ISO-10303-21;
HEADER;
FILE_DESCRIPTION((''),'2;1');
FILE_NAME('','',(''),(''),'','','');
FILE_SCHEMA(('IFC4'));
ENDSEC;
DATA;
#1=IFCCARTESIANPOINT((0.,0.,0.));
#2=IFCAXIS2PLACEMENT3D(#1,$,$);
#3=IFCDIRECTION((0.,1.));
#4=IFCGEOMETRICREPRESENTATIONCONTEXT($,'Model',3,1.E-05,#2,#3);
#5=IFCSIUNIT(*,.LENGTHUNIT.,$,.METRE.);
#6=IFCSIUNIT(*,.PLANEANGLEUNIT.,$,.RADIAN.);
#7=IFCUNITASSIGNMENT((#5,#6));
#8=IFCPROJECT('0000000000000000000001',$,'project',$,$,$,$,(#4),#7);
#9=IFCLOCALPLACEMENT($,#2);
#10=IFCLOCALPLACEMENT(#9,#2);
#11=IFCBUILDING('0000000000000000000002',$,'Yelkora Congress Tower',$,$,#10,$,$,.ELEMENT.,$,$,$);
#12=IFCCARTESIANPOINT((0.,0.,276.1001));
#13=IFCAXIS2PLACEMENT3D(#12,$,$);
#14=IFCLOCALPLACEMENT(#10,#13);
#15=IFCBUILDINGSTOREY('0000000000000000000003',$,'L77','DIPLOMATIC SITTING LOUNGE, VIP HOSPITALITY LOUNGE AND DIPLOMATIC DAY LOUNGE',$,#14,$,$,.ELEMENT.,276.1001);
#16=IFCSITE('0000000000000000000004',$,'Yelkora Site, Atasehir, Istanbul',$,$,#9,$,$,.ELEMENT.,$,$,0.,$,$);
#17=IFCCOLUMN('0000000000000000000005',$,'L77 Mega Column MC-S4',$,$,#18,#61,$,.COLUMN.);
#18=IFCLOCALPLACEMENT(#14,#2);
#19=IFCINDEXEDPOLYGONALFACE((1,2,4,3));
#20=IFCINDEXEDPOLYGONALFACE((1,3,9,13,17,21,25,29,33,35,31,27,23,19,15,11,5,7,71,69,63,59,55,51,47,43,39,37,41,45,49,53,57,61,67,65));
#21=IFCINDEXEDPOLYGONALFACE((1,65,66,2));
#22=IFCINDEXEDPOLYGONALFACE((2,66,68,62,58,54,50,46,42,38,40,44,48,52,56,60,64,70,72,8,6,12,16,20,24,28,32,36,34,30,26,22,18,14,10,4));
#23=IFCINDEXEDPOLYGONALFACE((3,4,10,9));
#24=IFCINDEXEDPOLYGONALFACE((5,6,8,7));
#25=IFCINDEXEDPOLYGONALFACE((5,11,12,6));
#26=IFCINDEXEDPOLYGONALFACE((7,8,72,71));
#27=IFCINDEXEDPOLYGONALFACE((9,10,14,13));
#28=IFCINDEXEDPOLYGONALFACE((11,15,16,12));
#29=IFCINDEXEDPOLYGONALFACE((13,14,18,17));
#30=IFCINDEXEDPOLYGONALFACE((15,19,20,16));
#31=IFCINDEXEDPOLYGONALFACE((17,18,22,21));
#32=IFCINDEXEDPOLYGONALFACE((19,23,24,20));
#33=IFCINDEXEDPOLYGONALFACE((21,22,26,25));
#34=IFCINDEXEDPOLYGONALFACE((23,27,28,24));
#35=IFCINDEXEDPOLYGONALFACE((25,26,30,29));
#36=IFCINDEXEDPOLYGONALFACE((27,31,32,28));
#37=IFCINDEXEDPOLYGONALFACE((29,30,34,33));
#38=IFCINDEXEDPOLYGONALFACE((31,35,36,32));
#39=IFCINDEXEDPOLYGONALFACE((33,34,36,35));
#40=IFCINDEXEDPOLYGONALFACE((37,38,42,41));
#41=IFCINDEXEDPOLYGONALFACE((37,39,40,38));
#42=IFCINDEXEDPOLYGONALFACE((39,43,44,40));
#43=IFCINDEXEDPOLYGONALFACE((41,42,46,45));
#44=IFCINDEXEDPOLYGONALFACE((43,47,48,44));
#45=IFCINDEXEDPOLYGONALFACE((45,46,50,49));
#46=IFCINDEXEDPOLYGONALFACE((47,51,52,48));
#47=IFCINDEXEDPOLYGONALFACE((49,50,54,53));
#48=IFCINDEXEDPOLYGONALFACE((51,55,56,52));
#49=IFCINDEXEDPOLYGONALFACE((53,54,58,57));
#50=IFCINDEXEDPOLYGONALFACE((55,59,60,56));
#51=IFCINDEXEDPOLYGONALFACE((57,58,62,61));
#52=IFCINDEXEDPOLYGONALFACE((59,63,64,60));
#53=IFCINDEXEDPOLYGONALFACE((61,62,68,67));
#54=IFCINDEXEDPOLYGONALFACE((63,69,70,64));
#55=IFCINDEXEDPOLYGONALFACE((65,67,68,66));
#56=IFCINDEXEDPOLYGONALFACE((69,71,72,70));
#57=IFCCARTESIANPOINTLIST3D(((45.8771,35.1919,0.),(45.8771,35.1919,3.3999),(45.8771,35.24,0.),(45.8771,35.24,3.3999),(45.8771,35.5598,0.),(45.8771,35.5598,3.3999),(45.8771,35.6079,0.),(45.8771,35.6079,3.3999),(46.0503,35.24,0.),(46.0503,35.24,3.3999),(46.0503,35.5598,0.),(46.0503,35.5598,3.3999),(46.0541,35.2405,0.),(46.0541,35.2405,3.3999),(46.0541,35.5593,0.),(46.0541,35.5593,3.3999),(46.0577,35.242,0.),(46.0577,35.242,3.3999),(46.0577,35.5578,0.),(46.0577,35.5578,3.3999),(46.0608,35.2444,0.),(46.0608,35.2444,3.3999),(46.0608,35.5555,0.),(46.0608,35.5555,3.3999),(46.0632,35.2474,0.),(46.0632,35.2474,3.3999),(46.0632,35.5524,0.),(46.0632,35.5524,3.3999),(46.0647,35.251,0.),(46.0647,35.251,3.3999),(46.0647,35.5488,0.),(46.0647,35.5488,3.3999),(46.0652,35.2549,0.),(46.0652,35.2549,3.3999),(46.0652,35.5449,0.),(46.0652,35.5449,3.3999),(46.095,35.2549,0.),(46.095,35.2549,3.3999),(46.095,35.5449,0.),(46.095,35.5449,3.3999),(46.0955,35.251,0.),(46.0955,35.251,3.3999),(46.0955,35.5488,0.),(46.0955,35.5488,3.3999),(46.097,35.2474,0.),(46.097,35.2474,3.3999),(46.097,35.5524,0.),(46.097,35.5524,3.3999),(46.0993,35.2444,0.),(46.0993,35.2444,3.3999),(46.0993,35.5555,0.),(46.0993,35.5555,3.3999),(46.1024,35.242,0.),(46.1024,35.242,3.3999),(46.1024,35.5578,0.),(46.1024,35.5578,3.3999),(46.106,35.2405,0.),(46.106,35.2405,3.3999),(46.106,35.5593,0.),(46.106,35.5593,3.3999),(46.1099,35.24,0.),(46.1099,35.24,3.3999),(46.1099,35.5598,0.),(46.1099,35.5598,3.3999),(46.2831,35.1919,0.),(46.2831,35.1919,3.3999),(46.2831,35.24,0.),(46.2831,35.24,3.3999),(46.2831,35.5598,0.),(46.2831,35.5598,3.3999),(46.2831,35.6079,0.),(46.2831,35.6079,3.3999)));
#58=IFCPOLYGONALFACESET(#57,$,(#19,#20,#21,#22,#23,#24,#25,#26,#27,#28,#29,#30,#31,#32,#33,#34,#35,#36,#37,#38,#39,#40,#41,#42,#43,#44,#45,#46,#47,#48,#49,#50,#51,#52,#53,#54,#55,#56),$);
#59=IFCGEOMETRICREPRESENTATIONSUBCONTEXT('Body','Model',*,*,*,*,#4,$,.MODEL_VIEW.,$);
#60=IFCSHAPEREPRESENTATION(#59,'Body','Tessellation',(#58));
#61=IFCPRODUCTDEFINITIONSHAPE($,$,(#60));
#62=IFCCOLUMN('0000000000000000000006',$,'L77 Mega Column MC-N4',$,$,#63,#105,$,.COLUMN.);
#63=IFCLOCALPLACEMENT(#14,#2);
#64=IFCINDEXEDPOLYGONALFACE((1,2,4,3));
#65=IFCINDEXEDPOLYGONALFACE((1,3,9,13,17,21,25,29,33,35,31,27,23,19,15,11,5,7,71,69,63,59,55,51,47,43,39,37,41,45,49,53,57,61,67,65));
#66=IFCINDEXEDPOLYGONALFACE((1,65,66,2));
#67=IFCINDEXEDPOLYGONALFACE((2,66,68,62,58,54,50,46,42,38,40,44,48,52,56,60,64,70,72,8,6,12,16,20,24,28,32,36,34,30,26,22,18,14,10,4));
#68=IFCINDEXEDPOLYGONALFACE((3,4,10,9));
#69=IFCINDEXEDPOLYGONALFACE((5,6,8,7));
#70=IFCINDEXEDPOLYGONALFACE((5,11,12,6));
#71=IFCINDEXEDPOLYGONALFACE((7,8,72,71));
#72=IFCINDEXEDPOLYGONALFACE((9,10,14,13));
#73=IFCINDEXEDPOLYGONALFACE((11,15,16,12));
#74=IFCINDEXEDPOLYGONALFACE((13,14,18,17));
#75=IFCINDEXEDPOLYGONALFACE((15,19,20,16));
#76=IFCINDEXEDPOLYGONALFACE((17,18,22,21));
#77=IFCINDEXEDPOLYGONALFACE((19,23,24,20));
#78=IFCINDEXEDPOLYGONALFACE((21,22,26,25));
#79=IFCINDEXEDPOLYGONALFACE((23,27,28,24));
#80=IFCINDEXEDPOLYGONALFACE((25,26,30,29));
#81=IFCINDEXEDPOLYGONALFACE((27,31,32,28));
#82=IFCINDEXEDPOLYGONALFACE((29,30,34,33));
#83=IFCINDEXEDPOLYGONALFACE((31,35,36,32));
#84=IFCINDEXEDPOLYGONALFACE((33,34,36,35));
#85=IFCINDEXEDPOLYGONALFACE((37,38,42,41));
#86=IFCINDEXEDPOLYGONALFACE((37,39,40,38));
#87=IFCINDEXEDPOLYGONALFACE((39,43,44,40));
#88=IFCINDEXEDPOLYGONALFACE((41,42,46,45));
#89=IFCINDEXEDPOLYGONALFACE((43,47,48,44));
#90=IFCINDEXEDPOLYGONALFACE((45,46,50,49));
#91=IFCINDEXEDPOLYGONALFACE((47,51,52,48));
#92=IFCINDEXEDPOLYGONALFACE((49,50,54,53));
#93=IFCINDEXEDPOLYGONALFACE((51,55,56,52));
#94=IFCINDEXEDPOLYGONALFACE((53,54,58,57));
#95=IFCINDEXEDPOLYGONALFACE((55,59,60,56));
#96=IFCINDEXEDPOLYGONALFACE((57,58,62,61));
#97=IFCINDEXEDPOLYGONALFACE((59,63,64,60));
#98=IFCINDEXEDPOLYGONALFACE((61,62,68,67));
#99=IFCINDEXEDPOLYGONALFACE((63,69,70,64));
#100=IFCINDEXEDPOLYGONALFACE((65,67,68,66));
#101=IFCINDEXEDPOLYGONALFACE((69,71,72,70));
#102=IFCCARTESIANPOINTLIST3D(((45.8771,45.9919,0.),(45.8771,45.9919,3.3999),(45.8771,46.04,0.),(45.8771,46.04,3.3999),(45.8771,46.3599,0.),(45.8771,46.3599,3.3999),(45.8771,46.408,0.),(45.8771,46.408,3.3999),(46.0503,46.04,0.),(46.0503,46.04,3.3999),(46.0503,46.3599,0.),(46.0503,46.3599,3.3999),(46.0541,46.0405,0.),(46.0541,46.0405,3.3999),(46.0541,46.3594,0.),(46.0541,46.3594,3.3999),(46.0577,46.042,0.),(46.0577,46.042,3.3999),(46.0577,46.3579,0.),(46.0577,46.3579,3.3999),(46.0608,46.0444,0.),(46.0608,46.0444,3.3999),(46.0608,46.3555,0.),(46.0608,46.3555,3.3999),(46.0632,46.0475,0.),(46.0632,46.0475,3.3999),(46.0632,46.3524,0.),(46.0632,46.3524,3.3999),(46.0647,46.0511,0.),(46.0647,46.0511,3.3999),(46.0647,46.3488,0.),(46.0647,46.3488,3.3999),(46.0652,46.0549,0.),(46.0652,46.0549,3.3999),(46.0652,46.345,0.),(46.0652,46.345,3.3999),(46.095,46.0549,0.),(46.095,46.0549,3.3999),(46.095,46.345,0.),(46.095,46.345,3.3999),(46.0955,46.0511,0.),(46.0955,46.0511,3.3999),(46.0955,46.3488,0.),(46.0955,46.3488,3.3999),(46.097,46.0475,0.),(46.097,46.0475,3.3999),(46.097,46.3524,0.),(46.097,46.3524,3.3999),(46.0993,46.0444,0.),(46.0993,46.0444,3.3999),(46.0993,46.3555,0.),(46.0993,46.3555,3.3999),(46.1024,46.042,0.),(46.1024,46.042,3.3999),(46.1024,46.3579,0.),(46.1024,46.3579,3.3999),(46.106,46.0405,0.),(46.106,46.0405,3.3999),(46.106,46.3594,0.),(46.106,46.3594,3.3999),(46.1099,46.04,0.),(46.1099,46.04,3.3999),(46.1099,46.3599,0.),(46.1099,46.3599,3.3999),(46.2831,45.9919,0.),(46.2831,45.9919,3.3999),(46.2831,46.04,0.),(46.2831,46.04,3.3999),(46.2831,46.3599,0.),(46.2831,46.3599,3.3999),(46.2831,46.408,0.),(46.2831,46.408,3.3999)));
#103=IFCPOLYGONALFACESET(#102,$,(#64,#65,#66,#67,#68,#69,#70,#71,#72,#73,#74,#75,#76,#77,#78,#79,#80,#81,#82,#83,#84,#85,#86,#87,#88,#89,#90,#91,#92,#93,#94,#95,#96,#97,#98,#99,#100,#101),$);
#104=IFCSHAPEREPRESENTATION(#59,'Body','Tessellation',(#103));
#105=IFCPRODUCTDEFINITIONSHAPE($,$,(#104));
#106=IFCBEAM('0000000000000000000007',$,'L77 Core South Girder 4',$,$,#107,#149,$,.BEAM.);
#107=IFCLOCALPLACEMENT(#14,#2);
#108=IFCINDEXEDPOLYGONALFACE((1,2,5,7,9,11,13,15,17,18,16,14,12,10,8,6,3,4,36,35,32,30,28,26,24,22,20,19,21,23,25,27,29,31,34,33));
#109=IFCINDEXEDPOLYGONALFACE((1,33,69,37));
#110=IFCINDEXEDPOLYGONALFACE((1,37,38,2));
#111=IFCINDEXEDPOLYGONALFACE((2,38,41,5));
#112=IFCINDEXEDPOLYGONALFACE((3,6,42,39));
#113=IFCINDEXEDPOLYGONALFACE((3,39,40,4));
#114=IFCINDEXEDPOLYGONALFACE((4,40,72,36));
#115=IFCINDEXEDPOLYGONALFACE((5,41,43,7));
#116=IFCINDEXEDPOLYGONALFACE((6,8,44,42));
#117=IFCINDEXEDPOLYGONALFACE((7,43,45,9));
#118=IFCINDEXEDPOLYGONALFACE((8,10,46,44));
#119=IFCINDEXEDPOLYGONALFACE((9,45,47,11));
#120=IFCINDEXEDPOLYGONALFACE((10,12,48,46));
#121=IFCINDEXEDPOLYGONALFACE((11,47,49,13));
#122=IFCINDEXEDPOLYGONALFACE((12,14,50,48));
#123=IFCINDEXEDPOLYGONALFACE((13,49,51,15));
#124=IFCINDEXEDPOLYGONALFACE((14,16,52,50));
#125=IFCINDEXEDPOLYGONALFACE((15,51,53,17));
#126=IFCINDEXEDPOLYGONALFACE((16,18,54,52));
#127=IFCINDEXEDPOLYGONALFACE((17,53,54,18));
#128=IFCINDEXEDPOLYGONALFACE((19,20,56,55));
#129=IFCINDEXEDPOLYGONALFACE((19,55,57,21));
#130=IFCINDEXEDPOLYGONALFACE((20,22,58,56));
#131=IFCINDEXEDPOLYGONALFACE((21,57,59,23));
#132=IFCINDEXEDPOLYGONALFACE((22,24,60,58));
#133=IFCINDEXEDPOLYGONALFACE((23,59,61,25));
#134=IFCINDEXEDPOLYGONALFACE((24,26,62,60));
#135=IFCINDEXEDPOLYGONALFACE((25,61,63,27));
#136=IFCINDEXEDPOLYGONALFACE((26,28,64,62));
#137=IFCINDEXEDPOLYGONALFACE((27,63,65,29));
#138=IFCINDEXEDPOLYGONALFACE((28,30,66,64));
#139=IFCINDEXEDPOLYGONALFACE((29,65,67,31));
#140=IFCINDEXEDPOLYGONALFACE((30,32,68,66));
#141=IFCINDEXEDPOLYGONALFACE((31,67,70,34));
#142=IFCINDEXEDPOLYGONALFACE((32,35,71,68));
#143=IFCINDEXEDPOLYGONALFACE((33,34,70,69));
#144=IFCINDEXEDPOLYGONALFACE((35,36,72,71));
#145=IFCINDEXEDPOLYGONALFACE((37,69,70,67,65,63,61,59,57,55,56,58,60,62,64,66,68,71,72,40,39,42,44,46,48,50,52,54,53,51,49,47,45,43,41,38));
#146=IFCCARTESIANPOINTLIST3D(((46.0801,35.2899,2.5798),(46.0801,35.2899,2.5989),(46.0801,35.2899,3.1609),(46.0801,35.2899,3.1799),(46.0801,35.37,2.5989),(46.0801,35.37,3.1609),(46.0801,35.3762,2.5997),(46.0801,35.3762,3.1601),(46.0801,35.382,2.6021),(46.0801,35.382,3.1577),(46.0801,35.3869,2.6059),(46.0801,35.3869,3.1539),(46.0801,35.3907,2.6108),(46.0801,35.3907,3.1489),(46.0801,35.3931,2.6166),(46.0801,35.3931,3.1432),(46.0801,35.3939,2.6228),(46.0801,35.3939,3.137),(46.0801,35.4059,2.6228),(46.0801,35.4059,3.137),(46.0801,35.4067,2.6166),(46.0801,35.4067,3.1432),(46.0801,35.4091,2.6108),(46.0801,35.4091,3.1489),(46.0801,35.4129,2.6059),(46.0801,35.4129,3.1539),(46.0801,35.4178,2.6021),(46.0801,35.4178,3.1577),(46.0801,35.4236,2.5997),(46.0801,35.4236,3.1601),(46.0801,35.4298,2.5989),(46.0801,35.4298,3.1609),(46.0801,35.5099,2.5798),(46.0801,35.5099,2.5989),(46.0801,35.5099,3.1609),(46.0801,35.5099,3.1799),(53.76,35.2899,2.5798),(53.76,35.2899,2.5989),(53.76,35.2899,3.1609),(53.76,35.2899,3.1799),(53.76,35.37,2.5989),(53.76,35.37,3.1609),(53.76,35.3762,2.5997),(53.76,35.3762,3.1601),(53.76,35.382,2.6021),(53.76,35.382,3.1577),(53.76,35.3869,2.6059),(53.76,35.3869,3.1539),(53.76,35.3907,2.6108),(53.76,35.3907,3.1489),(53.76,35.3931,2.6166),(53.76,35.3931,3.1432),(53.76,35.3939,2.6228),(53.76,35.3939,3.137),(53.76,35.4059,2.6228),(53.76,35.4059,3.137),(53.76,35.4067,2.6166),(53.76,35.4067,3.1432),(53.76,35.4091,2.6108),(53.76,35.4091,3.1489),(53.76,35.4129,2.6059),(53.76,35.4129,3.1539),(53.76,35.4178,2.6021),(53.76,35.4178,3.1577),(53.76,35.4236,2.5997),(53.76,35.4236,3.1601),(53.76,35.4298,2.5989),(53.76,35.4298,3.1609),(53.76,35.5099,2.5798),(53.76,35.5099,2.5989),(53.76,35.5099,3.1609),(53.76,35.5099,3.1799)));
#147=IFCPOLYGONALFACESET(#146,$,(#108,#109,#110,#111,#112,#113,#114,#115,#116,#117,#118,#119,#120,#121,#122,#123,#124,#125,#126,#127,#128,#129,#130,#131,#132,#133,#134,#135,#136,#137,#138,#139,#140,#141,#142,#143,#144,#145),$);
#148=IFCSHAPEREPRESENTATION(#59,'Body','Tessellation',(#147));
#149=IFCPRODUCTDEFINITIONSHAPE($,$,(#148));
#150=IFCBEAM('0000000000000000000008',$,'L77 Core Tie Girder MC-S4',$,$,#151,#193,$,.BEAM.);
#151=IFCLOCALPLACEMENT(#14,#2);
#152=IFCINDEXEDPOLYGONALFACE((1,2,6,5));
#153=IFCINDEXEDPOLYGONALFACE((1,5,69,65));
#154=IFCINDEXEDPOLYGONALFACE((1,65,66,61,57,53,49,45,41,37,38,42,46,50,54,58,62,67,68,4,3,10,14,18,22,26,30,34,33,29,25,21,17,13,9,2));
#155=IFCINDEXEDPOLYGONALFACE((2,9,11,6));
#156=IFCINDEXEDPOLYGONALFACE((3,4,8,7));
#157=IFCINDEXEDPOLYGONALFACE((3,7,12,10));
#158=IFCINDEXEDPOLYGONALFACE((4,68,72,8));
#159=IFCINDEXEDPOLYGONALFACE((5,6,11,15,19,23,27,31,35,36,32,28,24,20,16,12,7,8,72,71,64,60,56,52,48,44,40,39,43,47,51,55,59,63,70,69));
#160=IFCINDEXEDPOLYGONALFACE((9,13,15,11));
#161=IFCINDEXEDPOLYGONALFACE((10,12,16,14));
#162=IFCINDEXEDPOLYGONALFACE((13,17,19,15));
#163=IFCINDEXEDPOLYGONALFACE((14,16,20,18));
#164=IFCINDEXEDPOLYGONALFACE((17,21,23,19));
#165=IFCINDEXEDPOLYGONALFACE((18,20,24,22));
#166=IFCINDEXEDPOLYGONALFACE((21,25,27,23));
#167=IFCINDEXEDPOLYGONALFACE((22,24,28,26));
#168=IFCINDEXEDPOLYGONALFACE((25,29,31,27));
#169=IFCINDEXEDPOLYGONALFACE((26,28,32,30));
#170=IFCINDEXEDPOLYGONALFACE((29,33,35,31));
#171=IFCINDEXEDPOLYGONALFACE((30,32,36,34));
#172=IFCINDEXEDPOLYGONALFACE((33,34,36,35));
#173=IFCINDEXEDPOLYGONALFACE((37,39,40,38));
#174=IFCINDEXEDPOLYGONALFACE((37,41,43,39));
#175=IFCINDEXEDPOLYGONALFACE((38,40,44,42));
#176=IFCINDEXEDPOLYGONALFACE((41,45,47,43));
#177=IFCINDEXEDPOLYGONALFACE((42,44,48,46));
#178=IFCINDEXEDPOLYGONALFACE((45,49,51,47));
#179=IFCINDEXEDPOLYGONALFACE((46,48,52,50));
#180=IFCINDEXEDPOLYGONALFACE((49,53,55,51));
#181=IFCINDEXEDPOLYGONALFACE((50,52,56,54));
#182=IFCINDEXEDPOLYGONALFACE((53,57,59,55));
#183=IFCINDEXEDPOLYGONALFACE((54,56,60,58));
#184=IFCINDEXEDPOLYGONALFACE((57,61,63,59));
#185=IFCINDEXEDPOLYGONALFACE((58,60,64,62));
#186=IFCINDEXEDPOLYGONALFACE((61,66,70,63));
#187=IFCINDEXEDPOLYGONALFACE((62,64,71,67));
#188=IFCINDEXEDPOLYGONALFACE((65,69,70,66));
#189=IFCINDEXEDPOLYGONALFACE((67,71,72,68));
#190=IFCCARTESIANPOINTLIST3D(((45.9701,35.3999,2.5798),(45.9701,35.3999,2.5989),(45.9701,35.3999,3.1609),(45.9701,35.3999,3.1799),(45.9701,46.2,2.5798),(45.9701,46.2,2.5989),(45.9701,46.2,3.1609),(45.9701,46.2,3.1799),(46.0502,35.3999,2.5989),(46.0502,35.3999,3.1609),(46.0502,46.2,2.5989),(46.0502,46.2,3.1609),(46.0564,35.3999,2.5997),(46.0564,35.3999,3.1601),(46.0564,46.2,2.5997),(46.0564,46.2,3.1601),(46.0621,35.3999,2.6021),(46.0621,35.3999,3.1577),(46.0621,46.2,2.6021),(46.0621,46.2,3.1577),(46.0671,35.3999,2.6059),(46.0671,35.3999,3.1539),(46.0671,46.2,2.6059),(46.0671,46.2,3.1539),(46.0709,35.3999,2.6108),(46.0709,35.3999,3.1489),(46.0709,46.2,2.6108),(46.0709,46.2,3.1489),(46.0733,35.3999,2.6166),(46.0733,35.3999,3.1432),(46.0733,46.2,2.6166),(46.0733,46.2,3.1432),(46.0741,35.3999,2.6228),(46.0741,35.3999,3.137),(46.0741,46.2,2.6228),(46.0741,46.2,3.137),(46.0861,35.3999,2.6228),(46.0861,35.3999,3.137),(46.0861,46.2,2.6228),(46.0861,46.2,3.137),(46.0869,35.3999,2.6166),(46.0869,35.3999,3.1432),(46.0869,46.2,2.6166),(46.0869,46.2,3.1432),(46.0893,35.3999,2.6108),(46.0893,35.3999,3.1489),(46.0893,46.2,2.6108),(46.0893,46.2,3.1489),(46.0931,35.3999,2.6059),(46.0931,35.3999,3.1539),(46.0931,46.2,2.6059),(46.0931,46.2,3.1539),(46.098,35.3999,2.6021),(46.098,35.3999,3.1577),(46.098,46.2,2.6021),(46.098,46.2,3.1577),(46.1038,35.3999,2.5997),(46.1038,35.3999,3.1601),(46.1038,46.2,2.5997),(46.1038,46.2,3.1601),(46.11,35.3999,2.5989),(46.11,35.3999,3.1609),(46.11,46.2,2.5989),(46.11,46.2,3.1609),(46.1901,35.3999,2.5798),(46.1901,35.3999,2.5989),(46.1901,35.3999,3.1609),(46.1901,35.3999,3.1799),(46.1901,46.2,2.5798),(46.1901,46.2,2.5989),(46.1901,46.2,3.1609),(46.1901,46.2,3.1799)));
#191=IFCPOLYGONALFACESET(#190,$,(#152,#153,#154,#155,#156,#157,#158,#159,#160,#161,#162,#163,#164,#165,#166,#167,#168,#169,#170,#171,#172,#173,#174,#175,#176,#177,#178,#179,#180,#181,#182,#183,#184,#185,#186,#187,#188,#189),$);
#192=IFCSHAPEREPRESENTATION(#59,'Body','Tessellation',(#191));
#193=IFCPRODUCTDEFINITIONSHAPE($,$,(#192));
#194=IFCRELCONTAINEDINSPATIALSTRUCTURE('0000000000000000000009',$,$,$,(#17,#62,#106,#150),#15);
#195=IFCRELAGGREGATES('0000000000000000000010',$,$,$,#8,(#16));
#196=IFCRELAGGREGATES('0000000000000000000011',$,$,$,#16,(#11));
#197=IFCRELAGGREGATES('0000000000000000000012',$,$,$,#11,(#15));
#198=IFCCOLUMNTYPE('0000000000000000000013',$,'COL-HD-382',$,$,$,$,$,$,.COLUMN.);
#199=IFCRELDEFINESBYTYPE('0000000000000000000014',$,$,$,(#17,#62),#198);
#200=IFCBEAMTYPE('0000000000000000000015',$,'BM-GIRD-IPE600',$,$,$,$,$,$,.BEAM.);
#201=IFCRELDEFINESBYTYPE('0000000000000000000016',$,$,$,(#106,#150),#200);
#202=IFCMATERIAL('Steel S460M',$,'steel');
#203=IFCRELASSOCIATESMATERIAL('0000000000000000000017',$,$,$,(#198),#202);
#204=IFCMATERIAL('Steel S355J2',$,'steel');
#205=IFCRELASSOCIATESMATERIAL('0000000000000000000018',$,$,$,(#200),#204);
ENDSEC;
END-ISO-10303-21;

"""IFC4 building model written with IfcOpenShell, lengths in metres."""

from ifc_helpers import new_model, si_unit, direction, frame, origin, origin_2d, place, context, subcontext, project, spatial, i_section, extrude, material, material_profile, profile_set, type_object, element, save


model = new_model("IFC4")

# Units and contexts
model_context = context("Model", 3, precision=1e-05, world=origin(), true_north=direction((0.0, 1.0)))
body_context = subcontext(model_context, "Body", "Model", "MODEL_VIEW")
ifc_project = project(units=[si_unit("LENGTHUNIT", "METRE"), si_unit("PLANEANGLEUNIT", "RADIAN")], contexts=[model_context])

# Site, building, storey
site_placement = place(None, origin())
site = spatial("IfcSite", under=ifc_project, at=site_placement, Name="Yelkora Site, Atasehir, Istanbul", CompositionType="ELEMENT", RefElevation=0.0)
building_placement = place(site_placement, origin())
building = spatial("IfcBuilding", under=site, at=building_placement, Name="Yelkora Congress Tower", CompositionType="ELEMENT")
storey_placement = place(building_placement, frame((0.0, 0.0, 276.1001)))
storey = spatial("IfcBuildingStorey", under=building, at=storey_placement, Name="L77", Description="DIPLOMATIC SITTING LOUNGE, VIP HOSPITALITY LOUNGE AND DIPLOMATIC DAY LOUNGE", CompositionType="ELEMENT", Elevation=276.1001)

# Columns
ifc_material_1 = material(Name="Steel S460M", Category="steel")
ifc_material_profile_1 = material_profile(ifc_material_1, i_section(OverallWidth=0.406, OverallDepth=0.416, WebThickness=0.0298, FlangeThickness=0.0481, FilletRadius=0.0149, at=origin_2d()), Name="HD 400x382")
ifc_profile_set_1 = profile_set([ifc_material_profile_1], Name="Steel S460M")
column_type = type_object("IfcColumnType", Name="COL-HD-382", PredefinedType="COLUMN", material=ifc_profile_set_1)
for number, where, z_axis, x_axis, name in (
    (1, (46.0801, 35.3999, 0.0), (0.0, 0.0, 1.0), (1.0, 0.0, 0.0), "L77 Mega Column MC-S4"),
    (2, (46.0801, 46.2, 0.0), (0.0, 0.0, 1.0), (1.0, 0.0, 0.0), "L77 Mega Column MC-N4"),
):
    element("IfcColumn", number, at=place(storey_placement, frame(where, z_axis=z_axis, x_axis=x_axis)), inside=storey, type_object=column_type, Name=name, PredefinedType="COLUMN", context=body_context, shape_type="SweptSolid", body=[
        extrude(i_section(OverallWidth=0.406, OverallDepth=0.416, WebThickness=0.0298, FlangeThickness=0.0481, FilletRadius=0.0149, at=origin_2d()), origin(), (0.0, 0.0, 1.0), 3.3999),
    ])

# Beams
ifc_material_2 = material(Name="Steel S355J2", Category="steel")
ifc_material_profile_2 = material_profile(ifc_material_2, i_section(OverallWidth=0.22, OverallDepth=0.6001, WebThickness=0.012, FlangeThickness=0.019, FilletRadius=0.0239, at=origin_2d()), Name="IPE 600")
ifc_profile_set_2 = profile_set([ifc_material_profile_2], Name="Steel S355J2")
beam_type_1 = type_object("IfcBeamType", Name="BM-GIRD-IPE600", PredefinedType="BEAM", material=ifc_profile_set_2)
beam_1_placement = place(storey_placement, frame((46.0801, 35.3999, 2.8799), z_axis=(1.0, 0.0, 0.0), x_axis=(0.0, 1.0, 0.0)))
element("IfcBeam", 3, at=beam_1_placement, inside=storey, type_object=beam_type_1, Name="L77 Core South Girder 4", PredefinedType="BEAM", context=body_context, shape_type="SweptSolid", body=[
    extrude(i_section(OverallWidth=0.22, OverallDepth=0.6001, WebThickness=0.012, FlangeThickness=0.019, FilletRadius=0.0239, at=origin_2d()), origin(), (0.0, 0.0, 1.0), 7.6799),
])
beam_2_placement = place(storey_placement, frame((46.0801, 35.3999, 2.8799), z_axis=(0.0, 1.0, 0.0), x_axis=(-1.0, 0.0, 0.0)))
element("IfcBeam", 4, at=beam_2_placement, inside=storey, type_object=beam_type_1, Name="L77 Core Tie Girder MC-S4", PredefinedType="BEAM", context=body_context, shape_type="SweptSolid", body=[
    extrude(i_section(OverallWidth=0.22, OverallDepth=0.6001, WebThickness=0.012, FlangeThickness=0.019, FilletRadius=0.0239, at=origin_2d()), origin(), (0.0, 0.0, 1.0), 10.8),
])

save(model, "model.ifc")
